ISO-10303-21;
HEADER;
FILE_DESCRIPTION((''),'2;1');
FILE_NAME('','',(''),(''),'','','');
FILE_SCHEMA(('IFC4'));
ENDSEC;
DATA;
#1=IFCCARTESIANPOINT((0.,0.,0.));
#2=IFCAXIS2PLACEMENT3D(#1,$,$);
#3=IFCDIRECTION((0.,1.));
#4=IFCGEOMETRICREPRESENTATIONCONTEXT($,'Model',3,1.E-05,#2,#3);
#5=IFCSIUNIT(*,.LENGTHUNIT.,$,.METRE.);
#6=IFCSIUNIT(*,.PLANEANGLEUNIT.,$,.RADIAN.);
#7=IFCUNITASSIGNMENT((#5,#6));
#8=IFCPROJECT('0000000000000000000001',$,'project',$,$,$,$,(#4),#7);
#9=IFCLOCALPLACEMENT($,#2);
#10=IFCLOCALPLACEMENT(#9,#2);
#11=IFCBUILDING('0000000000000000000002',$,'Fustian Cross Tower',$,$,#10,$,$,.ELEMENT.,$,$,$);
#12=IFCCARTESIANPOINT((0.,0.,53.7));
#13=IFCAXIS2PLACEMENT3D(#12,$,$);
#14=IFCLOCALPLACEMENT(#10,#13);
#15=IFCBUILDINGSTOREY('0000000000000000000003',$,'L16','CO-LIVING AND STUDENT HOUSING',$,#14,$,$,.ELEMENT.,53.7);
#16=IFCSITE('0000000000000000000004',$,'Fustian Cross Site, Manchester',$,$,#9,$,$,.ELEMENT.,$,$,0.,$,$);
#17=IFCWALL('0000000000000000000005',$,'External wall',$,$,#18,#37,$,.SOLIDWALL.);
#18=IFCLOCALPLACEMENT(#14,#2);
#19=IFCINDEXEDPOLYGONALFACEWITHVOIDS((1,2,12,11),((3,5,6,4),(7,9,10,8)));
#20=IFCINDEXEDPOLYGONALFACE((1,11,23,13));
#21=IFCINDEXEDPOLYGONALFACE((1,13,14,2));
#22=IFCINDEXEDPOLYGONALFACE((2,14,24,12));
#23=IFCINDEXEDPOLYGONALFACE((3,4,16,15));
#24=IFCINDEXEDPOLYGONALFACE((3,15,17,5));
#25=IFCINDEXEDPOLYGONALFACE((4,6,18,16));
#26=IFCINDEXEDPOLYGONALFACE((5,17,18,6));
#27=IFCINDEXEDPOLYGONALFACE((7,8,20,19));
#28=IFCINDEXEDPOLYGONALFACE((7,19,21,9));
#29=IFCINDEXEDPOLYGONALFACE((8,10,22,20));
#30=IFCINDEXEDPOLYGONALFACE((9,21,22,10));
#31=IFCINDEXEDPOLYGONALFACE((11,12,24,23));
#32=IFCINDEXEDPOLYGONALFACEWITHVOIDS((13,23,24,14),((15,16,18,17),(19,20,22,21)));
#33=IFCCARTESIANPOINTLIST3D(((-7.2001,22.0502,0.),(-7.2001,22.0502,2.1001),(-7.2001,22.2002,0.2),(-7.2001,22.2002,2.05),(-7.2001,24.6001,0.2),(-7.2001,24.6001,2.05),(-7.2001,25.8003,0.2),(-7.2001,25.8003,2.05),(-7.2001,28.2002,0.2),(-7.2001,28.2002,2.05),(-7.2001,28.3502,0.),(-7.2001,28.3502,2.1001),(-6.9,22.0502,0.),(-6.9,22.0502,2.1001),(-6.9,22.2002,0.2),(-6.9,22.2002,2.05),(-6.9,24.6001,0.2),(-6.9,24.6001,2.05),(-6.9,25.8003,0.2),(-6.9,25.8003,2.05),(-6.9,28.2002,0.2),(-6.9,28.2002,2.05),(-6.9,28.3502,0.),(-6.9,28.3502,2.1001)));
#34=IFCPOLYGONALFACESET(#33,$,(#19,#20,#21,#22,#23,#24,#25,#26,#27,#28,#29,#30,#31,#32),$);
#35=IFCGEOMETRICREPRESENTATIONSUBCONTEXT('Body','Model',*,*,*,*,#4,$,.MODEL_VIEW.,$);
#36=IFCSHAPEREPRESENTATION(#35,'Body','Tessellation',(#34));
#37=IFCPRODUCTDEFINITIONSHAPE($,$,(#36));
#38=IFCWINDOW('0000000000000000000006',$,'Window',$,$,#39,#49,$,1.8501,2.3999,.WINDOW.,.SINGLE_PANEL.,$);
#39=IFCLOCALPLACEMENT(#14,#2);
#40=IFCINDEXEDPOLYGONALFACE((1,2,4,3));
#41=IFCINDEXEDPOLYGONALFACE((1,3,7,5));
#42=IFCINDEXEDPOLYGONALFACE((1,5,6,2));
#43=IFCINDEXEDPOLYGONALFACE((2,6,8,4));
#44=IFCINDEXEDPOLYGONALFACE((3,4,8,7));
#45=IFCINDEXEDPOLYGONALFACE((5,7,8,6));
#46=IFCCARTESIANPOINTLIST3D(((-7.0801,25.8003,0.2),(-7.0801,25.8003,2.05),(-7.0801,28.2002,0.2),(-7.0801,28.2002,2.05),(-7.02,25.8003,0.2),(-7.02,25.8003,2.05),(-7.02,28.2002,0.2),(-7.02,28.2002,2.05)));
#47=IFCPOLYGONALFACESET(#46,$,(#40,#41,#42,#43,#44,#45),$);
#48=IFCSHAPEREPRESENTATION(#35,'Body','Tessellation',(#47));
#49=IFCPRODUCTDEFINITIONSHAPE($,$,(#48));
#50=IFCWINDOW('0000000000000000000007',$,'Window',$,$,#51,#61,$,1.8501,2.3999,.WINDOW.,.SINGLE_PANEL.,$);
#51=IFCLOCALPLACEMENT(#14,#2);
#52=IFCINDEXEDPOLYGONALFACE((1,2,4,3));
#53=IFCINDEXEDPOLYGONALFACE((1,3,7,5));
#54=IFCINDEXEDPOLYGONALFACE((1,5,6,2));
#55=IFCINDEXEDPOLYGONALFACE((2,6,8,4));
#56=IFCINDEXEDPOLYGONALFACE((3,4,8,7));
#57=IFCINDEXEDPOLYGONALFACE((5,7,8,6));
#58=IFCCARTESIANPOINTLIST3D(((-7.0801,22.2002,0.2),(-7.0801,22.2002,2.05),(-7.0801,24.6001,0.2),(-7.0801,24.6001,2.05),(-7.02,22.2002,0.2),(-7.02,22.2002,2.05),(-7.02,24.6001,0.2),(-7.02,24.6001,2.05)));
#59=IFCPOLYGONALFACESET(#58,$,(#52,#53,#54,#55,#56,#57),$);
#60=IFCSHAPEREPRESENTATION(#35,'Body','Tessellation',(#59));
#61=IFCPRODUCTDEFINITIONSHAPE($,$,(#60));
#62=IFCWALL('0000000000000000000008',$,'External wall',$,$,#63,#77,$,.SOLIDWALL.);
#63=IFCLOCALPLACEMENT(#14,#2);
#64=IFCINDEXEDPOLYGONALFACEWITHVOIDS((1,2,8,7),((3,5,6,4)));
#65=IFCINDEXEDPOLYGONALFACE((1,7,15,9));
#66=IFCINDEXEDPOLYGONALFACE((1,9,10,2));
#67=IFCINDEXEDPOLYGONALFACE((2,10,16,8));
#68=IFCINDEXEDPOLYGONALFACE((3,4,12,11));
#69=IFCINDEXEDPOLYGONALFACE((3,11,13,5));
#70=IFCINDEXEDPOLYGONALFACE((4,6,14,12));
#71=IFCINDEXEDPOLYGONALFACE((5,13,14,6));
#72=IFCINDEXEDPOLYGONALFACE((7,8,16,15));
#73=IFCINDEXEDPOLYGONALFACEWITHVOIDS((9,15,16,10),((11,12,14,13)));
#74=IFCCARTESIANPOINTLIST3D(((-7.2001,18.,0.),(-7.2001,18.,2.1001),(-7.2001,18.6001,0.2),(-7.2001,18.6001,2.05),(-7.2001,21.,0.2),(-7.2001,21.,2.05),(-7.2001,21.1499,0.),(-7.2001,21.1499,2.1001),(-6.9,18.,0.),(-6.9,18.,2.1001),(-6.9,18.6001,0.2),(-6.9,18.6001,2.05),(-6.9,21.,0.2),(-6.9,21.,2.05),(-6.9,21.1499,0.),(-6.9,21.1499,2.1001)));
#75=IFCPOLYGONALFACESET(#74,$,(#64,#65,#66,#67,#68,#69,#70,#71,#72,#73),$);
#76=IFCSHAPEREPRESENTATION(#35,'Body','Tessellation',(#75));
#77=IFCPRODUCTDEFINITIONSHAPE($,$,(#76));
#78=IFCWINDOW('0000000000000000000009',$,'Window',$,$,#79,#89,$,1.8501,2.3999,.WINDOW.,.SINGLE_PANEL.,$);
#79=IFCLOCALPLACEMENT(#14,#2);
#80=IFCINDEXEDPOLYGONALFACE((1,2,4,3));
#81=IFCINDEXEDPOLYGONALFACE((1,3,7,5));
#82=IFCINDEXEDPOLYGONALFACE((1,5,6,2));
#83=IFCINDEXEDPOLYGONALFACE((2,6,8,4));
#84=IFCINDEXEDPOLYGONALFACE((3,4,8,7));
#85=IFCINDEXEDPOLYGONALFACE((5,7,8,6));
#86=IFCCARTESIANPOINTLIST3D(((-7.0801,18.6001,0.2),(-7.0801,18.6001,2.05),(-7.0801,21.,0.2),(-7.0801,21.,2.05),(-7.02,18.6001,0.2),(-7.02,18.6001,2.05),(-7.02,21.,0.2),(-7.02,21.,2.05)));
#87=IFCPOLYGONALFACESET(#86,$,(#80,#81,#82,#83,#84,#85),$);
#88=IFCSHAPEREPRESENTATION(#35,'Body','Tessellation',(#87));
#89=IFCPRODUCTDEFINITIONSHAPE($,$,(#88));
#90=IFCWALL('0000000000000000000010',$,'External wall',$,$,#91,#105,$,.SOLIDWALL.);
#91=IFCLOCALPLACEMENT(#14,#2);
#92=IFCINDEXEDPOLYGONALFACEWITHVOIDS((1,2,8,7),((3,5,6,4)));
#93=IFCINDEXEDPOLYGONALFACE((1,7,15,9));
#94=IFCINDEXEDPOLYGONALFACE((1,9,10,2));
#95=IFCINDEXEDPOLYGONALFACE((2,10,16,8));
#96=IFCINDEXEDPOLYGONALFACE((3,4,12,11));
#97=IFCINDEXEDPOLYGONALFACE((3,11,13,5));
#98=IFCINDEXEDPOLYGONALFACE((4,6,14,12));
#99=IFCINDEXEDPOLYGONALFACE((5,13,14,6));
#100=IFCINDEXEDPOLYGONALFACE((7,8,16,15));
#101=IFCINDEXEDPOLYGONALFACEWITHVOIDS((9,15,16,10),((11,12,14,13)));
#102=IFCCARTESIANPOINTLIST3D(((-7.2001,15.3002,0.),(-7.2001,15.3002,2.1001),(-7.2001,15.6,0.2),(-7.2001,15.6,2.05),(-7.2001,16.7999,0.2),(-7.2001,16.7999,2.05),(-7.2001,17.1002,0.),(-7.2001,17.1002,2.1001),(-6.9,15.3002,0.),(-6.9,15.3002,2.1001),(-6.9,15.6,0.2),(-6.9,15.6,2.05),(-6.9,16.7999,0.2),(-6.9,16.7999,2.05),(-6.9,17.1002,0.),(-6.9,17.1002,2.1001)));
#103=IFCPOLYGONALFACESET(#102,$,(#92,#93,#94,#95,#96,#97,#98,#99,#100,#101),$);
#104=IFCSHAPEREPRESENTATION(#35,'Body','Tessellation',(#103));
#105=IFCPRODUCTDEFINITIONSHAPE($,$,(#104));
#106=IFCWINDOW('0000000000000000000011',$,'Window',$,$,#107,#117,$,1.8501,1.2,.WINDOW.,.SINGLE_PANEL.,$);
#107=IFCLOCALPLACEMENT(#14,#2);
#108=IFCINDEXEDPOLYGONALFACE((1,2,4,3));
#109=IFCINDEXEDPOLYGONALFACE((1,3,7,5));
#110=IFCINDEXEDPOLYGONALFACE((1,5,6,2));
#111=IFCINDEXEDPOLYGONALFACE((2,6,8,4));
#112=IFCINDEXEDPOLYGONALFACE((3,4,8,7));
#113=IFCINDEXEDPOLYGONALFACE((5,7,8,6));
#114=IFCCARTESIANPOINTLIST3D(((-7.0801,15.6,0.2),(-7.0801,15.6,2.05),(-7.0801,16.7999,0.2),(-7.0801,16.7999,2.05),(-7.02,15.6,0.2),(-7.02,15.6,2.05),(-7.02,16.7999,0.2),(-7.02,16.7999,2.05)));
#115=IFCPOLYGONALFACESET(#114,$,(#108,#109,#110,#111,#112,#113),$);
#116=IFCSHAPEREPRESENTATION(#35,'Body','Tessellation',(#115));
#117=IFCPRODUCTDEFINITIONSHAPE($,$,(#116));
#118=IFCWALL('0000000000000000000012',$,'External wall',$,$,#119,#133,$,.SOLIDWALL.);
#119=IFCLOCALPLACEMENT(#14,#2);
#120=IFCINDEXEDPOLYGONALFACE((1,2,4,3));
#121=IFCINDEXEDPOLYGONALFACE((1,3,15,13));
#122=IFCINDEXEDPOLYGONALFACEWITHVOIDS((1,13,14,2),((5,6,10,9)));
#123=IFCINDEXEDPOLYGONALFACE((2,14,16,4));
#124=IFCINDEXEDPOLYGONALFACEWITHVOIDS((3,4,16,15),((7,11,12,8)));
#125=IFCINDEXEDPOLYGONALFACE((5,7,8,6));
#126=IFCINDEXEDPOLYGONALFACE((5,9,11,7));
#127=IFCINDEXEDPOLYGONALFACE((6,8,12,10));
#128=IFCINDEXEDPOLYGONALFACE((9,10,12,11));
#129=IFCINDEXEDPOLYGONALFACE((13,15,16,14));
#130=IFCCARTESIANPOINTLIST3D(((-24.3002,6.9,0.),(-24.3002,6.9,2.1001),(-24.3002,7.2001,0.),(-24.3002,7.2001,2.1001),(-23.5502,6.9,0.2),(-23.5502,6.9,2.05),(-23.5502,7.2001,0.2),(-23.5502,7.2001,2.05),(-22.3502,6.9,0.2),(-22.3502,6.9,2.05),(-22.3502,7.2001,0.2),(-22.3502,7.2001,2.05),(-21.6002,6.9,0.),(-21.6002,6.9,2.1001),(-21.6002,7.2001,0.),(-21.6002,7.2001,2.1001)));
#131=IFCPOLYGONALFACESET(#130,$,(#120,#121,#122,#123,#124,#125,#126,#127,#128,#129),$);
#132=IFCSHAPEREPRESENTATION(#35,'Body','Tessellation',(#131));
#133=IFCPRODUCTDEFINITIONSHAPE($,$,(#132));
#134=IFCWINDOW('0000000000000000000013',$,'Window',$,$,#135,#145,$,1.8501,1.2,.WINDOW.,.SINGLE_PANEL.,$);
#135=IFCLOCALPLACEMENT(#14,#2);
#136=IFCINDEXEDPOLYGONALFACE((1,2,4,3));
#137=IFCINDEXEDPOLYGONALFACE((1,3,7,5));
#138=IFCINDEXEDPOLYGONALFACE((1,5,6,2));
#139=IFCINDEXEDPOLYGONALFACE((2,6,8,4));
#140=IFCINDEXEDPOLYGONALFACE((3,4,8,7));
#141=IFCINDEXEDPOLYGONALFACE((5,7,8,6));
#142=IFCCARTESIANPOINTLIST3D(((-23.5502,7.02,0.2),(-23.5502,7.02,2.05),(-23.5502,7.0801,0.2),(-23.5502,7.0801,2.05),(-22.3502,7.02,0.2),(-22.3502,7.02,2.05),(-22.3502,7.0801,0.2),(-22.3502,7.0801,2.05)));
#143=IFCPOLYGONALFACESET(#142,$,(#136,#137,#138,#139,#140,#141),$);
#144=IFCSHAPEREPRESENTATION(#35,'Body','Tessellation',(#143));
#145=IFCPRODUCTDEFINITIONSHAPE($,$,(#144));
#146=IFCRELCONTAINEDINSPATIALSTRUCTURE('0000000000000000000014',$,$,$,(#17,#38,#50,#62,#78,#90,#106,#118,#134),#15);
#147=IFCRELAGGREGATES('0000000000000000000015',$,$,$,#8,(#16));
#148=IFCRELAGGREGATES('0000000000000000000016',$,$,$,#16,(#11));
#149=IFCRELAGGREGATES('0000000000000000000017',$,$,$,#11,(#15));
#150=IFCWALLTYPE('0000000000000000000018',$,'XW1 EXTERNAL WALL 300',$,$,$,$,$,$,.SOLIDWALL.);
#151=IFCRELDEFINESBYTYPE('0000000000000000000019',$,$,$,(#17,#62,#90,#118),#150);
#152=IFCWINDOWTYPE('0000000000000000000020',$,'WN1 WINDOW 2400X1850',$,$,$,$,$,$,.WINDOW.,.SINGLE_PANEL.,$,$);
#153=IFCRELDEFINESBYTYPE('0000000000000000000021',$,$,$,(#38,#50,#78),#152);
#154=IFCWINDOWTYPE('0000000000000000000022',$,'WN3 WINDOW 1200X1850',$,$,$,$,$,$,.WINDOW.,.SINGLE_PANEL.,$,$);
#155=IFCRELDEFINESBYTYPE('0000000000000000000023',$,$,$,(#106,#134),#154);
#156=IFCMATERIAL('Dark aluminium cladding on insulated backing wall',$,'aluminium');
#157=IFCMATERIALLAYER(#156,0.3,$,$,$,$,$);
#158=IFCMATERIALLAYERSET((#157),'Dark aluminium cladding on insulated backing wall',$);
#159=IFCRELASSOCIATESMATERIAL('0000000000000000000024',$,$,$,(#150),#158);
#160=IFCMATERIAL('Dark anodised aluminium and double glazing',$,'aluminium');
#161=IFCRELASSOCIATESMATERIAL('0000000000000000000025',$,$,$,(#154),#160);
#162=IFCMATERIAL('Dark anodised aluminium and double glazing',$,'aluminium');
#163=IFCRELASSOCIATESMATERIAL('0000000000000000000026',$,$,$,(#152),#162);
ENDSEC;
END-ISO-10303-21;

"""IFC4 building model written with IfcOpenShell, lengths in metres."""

from ifc_helpers import new_model, si_unit, direction, frame, frame_2d, origin, place, context, subcontext, project, spatial, rectangle, extrude, material, layer, layer_set, type_object, element, fill, save


model = new_model("IFC4")

# Units and contexts
model_context = context("Model", 3, precision=1e-05, world=origin(), true_north=direction((0.0, 1.0)))
body_context = subcontext(model_context, "Body", "Model", "MODEL_VIEW")
ifc_project = project(units=[si_unit("LENGTHUNIT", "METRE"), si_unit("PLANEANGLEUNIT", "RADIAN")], contexts=[model_context])

# Site, building, storey
site_placement = place(None, origin())
site = spatial("IfcSite", under=ifc_project, at=site_placement, Name="Fustian Cross Site, Manchester", CompositionType="ELEMENT", RefElevation=0.0)
building_placement = place(site_placement, origin())
building = spatial("IfcBuilding", under=site, at=building_placement, Name="Fustian Cross Tower", CompositionType="ELEMENT")
storey_placement = place(building_placement, frame((0.0, 0.0, 53.7)))
storey = spatial("IfcBuildingStorey", under=building, at=storey_placement, Name="L16", Description="CO-LIVING AND STUDENT HOUSING", CompositionType="ELEMENT", Elevation=53.7)

# Shared definitions
ifc_material_1 = material(Name="Dark aluminium cladding on insulated backing wall", Category="aluminium")
ifc_layer_1 = layer(ifc_material_1, 0.3)
ifc_layer_set_1 = layer_set([ifc_layer_1], Name="Dark aluminium cladding on insulated backing wall")
wall_type_1 = type_object("IfcWallType", Name="XW1 EXTERNAL WALL 300", PredefinedType="SOLIDWALL", material=ifc_layer_set_1)
ifc_material_2 = material(Name="Dark anodised aluminium and double glazing", Category="aluminium")
window_type_1 = type_object("IfcWindowType", Name="WN3 WINDOW 1200X1850", PartitioningType="SINGLE_PANEL", PredefinedType="WINDOW", material=ifc_material_2)

# Wall, openings, windows
ifc_material_3 = material(Name="Dark anodised aluminium and double glazing", Category="aluminium")
window_type_2 = type_object("IfcWindowType", Name="WN1 WINDOW 2400X1850", PartitioningType="SINGLE_PANEL", PredefinedType="WINDOW", material=ifc_material_3)
wall_1_placement = place(storey_placement, frame((-7.05, 28.3501, 0.0), z_axis=(0.0, 0.0, 1.0), x_axis=(0.0, -1.0, 0.0)))
wall_1 = element("IfcWall", 1, at=wall_1_placement, inside=storey, type_object=wall_type_1, Name="External wall", PredefinedType="SOLIDWALL", context=body_context, shape_type="SweptSolid", body=[
    extrude(rectangle(XDim=6.3, YDim=0.3, at=frame_2d((3.1499, 0.0))), origin(), (0.0, 0.0, 1.0), 2.1001),
])
opening_1_placement = place(wall_1_placement, frame((0.1499, 0.0, 0.2)))
opening_1 = element("IfcOpeningElement", 2, at=opening_1_placement, cuts=wall_1, PredefinedType="OPENING", context=body_context, shape_type="SweptSolid", body=[
    extrude(rectangle(XDim=2.3999, YDim=1.8501, at=frame_2d((1.2, 0.925))), frame((0.0, 0.1599, 0.0), z_axis=(0.0, -1.0, 0.0), x_axis=(1.0, 0.0, 0.0)), (0.0, 0.0, 1.0), 0.3201),
])
opening_2_placement = place(wall_1_placement, frame((3.75, 0.0, 0.2)))
opening_2 = element("IfcOpeningElement", 3, at=opening_2_placement, cuts=wall_1, PredefinedType="OPENING", context=body_context, shape_type="SweptSolid", body=[
    extrude(rectangle(XDim=2.3999, YDim=1.8501, at=frame_2d((1.2, 0.925))), frame((0.0, 0.1599, 0.0), z_axis=(0.0, -1.0, 0.0), x_axis=(1.0, 0.0, 0.0)), (0.0, 0.0, 1.0), 0.3201),
])
window_1_placement = place(opening_1_placement, origin())
window_1 = element("IfcWindow", 4, at=window_1_placement, inside=storey, type_object=window_type_2, Name="Window", OverallHeight=1.8501, OverallWidth=2.3999, PartitioningType="SINGLE_PANEL", PredefinedType="WINDOW", context=body_context, shape_type="SweptSolid", body=[
    extrude(rectangle(XDim=2.3999, YDim=1.8501, at=frame_2d((1.2, 0.925))), frame((0.0, 0.03, 0.0), z_axis=(0.0, -1.0, 0.0), x_axis=(1.0, 0.0, 0.0)), (0.0, 0.0, 1.0), 0.0601),
])
fill(opening_1, window_1)
window_2_placement = place(opening_2_placement, origin())
window_2 = element("IfcWindow", 5, at=window_2_placement, inside=storey, type_object=window_type_2, Name="Window", OverallHeight=1.8501, OverallWidth=2.3999, PartitioningType="SINGLE_PANEL", PredefinedType="WINDOW", context=body_context, shape_type="SweptSolid", body=[
    extrude(rectangle(XDim=2.3999, YDim=1.8501, at=frame_2d((1.2, 0.925))), frame((0.0, 0.03, 0.0), z_axis=(0.0, -1.0, 0.0), x_axis=(1.0, 0.0, 0.0)), (0.0, 0.0, 1.0), 0.0601),
])
fill(opening_2, window_2)

# Walls, openings, windows
wall_2_placement = place(storey_placement, frame((-7.05, 21.1499, 0.0), z_axis=(0.0, 0.0, 1.0), x_axis=(0.0, -1.0, 0.0)))
wall_2 = element("IfcWall", 6, at=wall_2_placement, inside=storey, type_object=wall_type_1, Name="External wall", PredefinedType="SOLIDWALL", context=body_context, shape_type="SweptSolid", body=[
    extrude(rectangle(XDim=3.1499, YDim=0.3, at=frame_2d((1.575, 0.0))), origin(), (0.0, 0.0, 1.0), 2.1001),
])
opening_3_placement = place(wall_2_placement, frame((0.1499, 0.0, 0.2)))
opening_3 = element("IfcOpeningElement", 7, at=opening_3_placement, cuts=wall_2, PredefinedType="OPENING", context=body_context, shape_type="SweptSolid", body=[
    extrude(rectangle(XDim=2.3999, YDim=1.8501, at=frame_2d((1.2, 0.925))), frame((0.0, 0.1599, 0.0), z_axis=(0.0, -1.0, 0.0), x_axis=(1.0, 0.0, 0.0)), (0.0, 0.0, 1.0), 0.3201),
])
window_3_placement = place(opening_3_placement, origin())
window_3 = element("IfcWindow", 8, at=window_3_placement, inside=storey, type_object=window_type_2, Name="Window", OverallHeight=1.8501, OverallWidth=2.3999, PartitioningType="SINGLE_PANEL", PredefinedType="WINDOW", context=body_context, shape_type="SweptSolid", body=[
    extrude(rectangle(XDim=2.3999, YDim=1.8501, at=frame_2d((1.2, 0.925))), frame((0.0, 0.03, 0.0), z_axis=(0.0, -1.0, 0.0), x_axis=(1.0, 0.0, 0.0)), (0.0, 0.0, 1.0), 0.0601),
])
fill(opening_3, window_3)
wall_3_placement = place(storey_placement, frame((-7.05, 17.1001, 0.0), z_axis=(0.0, 0.0, 1.0), x_axis=(0.0, -1.0, 0.0)))
wall_3 = element("IfcWall", 9, at=wall_3_placement, inside=storey, type_object=wall_type_1, Name="External wall", PredefinedType="SOLIDWALL", context=body_context, shape_type="SweptSolid", body=[
    extrude(rectangle(XDim=1.8, YDim=0.3, at=frame_2d((0.8999, 0.0))), origin(), (0.0, 0.0, 1.0), 2.1001),
])
opening_4_placement = place(wall_3_placement, frame((0.3, 0.0, 0.2)))
opening_4 = element("IfcOpeningElement", 10, at=opening_4_placement, cuts=wall_3, PredefinedType="OPENING", context=body_context, shape_type="SweptSolid", body=[
    extrude(rectangle(XDim=1.2, YDim=1.8501, at=frame_2d((0.6001, 0.925))), frame((0.0, 0.1599, 0.0), z_axis=(0.0, -1.0, 0.0), x_axis=(1.0, 0.0, 0.0)), (0.0, 0.0, 1.0), 0.3201),
])
window_4_placement = place(opening_4_placement, origin())
window_4 = element("IfcWindow", 11, at=window_4_placement, inside=storey, type_object=window_type_1, Name="Window", OverallHeight=1.8501, OverallWidth=1.2, PartitioningType="SINGLE_PANEL", PredefinedType="WINDOW", context=body_context, shape_type="SweptSolid", body=[
    extrude(rectangle(XDim=1.2, YDim=1.8501, at=frame_2d((0.6001, 0.925))), frame((0.0, 0.03, 0.0), z_axis=(0.0, -1.0, 0.0), x_axis=(1.0, 0.0, 0.0)), (0.0, 0.0, 1.0), 0.0601),
])
fill(opening_4, window_4)
wall_4_placement = place(storey_placement, frame((-21.6001, 7.05, 0.0), z_axis=(0.0, 0.0, 1.0), x_axis=(-1.0, 0.0, 0.0)))
wall_4 = element("IfcWall", 12, at=wall_4_placement, inside=storey, type_object=wall_type_1, Name="External wall", PredefinedType="SOLIDWALL", context=body_context, shape_type="SweptSolid", body=[
    extrude(rectangle(XDim=2.7, YDim=0.3, at=frame_2d((1.3501, 0.0))), origin(), (0.0, 0.0, 1.0), 2.1001),
])
opening_5_placement = place(wall_4_placement, frame((0.75, 0.0, 0.2)))
opening_5 = element("IfcOpeningElement", 13, at=opening_5_placement, cuts=wall_4, PredefinedType="OPENING", context=body_context, shape_type="SweptSolid", body=[
    extrude(rectangle(XDim=1.2, YDim=1.8501, at=frame_2d((0.6001, 0.925))), frame((0.0, 0.1599, 0.0), z_axis=(0.0, -1.0, 0.0), x_axis=(1.0, 0.0, 0.0)), (0.0, 0.0, 1.0), 0.3201),
])
window_5_placement = place(opening_5_placement, origin())
window_5 = element("IfcWindow", 14, at=window_5_placement, inside=storey, type_object=window_type_1, Name="Window", OverallHeight=1.8501, OverallWidth=1.2, PartitioningType="SINGLE_PANEL", PredefinedType="WINDOW", context=body_context, shape_type="SweptSolid", body=[
    extrude(rectangle(XDim=1.2, YDim=1.8501, at=frame_2d((0.6001, 0.925))), frame((0.0, 0.03, 0.0), z_axis=(0.0, -1.0, 0.0), x_axis=(1.0, 0.0, 0.0)), (0.0, 0.0, 1.0), 0.0601),
])
fill(opening_5, window_5)

save(model, "model.ifc")
